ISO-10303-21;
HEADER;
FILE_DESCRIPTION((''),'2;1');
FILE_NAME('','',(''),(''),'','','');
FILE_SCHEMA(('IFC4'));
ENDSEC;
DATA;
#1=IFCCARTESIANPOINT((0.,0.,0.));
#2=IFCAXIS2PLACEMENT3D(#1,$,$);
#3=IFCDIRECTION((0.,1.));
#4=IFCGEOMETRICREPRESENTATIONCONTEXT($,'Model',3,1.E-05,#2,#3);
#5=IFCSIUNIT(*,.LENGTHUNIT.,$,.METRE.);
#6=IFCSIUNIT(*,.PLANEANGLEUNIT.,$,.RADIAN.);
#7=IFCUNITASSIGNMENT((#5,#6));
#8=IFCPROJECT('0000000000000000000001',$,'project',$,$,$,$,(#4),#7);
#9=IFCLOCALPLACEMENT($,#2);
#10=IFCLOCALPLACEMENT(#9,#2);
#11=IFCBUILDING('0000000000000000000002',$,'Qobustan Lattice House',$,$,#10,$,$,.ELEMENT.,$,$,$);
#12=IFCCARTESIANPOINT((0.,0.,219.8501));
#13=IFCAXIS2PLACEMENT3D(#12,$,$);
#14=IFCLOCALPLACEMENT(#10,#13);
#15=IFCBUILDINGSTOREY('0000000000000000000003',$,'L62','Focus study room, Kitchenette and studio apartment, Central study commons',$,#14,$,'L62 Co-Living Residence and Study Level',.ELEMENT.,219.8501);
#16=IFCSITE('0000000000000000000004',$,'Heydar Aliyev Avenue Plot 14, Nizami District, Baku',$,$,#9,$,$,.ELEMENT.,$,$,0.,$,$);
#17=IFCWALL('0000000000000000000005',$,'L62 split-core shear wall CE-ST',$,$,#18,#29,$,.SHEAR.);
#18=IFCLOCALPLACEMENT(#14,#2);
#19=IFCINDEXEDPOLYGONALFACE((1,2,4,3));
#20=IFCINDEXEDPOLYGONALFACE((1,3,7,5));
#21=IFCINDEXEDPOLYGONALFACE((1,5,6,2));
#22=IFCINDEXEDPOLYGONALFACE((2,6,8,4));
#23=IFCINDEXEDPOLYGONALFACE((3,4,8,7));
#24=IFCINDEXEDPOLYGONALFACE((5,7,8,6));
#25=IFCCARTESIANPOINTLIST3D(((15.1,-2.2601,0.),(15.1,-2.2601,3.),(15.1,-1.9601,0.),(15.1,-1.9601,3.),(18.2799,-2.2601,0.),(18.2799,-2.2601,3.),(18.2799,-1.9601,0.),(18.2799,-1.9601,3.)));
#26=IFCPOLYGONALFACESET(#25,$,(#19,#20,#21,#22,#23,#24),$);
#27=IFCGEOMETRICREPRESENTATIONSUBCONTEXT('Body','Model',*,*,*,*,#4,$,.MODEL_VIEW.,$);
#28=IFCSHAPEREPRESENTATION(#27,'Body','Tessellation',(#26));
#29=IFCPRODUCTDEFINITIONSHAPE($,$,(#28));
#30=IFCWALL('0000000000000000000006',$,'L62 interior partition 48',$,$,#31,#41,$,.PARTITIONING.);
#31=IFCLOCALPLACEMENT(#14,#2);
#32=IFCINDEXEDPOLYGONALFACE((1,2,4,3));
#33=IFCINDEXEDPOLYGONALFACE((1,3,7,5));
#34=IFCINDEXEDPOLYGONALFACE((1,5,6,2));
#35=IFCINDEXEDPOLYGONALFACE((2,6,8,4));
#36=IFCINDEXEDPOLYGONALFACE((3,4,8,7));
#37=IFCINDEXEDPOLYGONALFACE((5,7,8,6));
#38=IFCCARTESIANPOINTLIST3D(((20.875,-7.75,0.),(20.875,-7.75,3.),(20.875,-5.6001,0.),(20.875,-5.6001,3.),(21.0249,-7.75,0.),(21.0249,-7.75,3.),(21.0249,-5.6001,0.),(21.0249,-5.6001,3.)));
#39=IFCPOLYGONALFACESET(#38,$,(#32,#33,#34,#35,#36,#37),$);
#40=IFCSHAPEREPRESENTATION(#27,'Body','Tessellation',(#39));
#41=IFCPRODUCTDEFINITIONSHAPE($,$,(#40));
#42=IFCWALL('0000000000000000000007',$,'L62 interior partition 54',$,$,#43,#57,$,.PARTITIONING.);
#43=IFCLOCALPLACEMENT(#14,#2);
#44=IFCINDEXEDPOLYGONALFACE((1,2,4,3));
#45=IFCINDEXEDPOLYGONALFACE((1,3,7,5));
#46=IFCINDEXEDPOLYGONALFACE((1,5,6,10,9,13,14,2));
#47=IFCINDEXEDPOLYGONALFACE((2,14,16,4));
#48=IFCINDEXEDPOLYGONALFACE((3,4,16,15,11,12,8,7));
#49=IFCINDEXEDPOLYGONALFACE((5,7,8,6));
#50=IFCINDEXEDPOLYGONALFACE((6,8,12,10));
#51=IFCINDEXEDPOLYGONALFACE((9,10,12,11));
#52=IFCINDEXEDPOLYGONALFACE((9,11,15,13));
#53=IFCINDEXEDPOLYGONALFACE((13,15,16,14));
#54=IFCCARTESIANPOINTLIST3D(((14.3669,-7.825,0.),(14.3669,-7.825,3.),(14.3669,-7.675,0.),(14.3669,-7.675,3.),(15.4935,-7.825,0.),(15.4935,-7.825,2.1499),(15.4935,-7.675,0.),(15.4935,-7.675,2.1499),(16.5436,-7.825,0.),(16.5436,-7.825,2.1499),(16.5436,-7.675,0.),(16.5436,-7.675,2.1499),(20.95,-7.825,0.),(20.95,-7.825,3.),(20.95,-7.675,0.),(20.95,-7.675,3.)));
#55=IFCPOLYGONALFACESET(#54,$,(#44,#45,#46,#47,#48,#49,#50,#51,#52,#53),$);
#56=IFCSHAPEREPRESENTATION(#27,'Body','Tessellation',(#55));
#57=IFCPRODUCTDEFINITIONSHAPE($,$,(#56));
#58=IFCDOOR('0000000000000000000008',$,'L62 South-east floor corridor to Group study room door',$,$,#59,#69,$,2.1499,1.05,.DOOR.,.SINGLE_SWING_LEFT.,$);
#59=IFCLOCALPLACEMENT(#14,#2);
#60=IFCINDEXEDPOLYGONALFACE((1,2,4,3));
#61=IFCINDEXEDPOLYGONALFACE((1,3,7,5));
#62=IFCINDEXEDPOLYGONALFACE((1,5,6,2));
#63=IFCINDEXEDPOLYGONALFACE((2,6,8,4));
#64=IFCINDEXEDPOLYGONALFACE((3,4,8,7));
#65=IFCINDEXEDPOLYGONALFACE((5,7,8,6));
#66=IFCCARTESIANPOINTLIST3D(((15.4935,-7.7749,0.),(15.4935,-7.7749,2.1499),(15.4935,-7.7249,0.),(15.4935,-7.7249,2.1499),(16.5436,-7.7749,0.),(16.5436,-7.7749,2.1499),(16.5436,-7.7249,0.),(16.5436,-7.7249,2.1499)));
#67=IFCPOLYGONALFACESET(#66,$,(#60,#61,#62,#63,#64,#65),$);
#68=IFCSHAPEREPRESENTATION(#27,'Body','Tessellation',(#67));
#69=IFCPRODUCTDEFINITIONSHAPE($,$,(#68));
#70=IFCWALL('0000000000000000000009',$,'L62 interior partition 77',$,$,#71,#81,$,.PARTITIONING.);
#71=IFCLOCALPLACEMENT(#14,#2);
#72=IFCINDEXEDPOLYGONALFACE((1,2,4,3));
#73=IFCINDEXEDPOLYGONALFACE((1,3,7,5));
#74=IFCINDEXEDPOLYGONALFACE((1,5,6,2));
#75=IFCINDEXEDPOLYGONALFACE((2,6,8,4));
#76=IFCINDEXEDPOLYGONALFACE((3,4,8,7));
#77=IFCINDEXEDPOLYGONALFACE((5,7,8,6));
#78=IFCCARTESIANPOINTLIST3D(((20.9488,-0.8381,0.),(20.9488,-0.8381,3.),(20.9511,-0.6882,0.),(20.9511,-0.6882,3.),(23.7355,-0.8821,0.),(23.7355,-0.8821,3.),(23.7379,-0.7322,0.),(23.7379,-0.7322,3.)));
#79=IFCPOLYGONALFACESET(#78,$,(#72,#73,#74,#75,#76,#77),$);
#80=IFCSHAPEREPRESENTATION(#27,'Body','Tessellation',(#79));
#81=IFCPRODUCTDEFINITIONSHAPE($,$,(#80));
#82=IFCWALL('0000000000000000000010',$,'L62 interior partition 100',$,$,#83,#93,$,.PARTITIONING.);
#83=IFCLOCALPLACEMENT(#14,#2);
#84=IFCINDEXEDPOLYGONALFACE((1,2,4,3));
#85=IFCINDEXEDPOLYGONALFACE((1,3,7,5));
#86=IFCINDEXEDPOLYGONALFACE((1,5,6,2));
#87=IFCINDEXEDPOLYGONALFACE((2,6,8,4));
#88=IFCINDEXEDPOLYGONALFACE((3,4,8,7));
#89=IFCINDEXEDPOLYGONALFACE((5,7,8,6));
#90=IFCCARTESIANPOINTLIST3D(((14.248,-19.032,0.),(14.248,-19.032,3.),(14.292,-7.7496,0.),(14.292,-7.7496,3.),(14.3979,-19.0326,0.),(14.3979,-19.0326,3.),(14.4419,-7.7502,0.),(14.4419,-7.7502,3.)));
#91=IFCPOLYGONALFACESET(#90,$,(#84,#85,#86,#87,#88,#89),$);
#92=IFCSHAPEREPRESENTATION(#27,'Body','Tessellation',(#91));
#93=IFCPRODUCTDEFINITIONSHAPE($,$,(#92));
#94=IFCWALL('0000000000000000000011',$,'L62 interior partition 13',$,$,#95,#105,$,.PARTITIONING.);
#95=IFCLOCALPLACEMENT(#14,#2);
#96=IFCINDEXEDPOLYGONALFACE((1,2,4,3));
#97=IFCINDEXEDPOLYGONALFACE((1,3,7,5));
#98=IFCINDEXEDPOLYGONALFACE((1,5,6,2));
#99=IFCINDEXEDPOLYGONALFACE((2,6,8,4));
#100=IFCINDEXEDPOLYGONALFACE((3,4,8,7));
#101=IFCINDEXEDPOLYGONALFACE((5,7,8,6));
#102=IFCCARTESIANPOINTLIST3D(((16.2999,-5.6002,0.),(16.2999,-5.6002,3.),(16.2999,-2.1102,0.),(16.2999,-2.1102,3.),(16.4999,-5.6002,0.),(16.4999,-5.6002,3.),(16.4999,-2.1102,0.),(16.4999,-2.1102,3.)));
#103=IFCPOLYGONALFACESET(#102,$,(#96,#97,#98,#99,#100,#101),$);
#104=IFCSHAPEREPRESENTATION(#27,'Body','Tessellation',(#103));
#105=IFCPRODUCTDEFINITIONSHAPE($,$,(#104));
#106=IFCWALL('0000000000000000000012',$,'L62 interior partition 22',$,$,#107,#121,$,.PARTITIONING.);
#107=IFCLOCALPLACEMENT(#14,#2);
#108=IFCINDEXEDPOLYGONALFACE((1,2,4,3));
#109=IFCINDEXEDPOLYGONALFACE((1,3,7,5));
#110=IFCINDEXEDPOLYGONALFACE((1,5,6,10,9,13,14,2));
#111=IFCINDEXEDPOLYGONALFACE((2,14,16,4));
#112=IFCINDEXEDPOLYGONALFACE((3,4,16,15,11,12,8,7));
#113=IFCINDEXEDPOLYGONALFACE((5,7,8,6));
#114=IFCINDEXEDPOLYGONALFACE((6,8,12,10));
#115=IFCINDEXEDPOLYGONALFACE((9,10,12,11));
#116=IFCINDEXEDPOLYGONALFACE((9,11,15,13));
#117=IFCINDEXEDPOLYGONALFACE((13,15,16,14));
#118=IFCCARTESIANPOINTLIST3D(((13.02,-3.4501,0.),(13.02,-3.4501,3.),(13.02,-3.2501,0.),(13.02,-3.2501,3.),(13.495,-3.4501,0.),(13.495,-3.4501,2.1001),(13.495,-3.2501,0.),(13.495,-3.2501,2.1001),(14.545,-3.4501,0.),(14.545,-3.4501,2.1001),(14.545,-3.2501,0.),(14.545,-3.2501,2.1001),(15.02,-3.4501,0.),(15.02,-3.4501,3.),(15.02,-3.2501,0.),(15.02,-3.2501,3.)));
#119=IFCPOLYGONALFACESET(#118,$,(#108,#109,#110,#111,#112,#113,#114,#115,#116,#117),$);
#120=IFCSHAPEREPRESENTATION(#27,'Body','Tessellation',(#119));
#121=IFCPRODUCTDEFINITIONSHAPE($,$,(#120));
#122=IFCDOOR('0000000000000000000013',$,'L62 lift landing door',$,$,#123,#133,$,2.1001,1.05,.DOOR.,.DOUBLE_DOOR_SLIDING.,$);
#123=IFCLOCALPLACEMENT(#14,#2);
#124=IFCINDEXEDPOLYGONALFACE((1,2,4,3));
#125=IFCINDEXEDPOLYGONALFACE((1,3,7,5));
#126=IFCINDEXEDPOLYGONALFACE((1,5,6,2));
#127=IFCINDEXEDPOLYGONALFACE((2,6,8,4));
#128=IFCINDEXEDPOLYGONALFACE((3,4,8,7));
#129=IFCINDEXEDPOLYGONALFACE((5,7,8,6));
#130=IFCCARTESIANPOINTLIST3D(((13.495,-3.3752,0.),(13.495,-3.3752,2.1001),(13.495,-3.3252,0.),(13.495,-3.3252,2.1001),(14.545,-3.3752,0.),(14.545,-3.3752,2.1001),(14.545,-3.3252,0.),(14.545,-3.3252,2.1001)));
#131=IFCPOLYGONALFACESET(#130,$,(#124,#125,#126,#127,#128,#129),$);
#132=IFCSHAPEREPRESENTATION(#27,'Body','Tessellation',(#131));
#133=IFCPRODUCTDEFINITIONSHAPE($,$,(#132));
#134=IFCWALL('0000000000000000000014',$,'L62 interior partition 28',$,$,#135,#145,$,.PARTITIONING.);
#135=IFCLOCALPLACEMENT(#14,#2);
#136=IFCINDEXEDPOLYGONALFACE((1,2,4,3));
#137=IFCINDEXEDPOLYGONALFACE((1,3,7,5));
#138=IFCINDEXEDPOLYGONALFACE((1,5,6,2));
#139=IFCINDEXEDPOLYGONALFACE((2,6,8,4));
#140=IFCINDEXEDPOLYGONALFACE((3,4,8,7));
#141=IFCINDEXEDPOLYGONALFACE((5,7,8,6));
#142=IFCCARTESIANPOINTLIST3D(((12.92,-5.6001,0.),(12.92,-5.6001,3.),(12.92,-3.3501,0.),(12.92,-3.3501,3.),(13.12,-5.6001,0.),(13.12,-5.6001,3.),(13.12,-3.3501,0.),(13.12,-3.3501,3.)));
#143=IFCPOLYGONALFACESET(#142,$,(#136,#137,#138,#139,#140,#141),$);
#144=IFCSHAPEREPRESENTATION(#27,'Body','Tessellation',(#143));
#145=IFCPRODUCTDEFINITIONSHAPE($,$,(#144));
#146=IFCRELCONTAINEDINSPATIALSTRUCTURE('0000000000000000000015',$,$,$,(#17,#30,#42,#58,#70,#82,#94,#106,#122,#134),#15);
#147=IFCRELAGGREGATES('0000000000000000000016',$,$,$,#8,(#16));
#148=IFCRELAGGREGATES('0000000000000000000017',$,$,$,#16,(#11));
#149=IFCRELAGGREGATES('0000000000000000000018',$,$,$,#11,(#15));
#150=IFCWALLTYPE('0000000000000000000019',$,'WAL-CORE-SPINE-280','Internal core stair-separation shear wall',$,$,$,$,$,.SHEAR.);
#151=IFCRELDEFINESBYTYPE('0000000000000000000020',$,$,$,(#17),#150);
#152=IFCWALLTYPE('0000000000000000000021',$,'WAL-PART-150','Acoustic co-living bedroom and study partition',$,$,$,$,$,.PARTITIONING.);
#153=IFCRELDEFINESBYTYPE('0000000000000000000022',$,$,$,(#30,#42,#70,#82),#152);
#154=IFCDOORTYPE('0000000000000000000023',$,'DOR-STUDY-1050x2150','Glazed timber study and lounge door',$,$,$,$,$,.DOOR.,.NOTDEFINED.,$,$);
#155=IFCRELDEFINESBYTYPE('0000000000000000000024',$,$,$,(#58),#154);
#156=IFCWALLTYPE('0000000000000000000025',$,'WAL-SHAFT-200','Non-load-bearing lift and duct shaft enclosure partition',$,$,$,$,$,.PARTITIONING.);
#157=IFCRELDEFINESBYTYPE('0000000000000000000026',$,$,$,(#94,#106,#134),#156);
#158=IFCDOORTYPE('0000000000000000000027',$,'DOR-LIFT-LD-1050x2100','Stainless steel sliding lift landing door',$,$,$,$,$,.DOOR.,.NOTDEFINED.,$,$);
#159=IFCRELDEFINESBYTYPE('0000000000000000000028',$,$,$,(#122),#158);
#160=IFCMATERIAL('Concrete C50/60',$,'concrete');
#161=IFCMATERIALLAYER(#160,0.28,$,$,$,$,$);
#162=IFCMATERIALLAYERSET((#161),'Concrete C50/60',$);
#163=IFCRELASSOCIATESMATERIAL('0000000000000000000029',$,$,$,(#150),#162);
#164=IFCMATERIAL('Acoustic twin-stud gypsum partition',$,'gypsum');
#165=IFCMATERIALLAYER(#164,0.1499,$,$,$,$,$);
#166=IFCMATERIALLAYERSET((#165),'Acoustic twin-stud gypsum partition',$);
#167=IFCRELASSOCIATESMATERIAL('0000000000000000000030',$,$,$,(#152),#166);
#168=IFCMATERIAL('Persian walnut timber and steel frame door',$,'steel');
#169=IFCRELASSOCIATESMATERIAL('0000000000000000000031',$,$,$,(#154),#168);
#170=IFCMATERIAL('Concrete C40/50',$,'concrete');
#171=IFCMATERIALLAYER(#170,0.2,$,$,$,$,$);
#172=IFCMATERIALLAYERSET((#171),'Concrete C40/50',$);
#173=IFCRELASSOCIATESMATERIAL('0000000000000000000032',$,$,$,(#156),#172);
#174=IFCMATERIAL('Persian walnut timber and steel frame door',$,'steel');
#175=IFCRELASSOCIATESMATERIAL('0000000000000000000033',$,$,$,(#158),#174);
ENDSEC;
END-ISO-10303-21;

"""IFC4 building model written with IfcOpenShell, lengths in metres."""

from ifc_helpers import new_model, si_unit, direction, frame, frame_2d, origin, place, context, subcontext, project, spatial, rectangle, extrude, material, layer, layer_set, type_object, element, fill, save


model = new_model("IFC4")

# Units and contexts
model_context = context("Model", 3, precision=1e-05, world=origin(), true_north=direction((0.0, 1.0)))
body_context = subcontext(model_context, "Body", "Model", "MODEL_VIEW")
ifc_project = project(units=[si_unit("LENGTHUNIT", "METRE"), si_unit("PLANEANGLEUNIT", "RADIAN")], contexts=[model_context])

# Site, building, storey
site_placement = place(None, origin())
site = spatial("IfcSite", under=ifc_project, at=site_placement, Name="Heydar Aliyev Avenue Plot 14, Nizami District, Baku", CompositionType="ELEMENT", RefElevation=0.0)
building_placement = place(site_placement, origin())
building = spatial("IfcBuilding", under=site, at=building_placement, Name="Qobustan Lattice House", CompositionType="ELEMENT")
storey_placement = place(building_placement, frame((0.0, 0.0, 219.8501)))
storey = spatial("IfcBuildingStorey", under=building, at=storey_placement, Name="L62", Description="Focus study room, Kitchenette and studio apartment, Central study commons", LongName="L62 Co-Living Residence and Study Level", CompositionType="ELEMENT", Elevation=219.8501)

# Walls
ifc_material_1 = material(Name="Concrete C50/60", Category="concrete")
ifc_layer_1 = layer(ifc_material_1, 0.28)
ifc_layer_set_1 = layer_set([ifc_layer_1], Name="Concrete C50/60")
wall_type_1 = type_object("IfcWallType", Name="WAL-CORE-SPINE-280", Description="Internal core stair-separation shear wall", PredefinedType="SHEAR", material=ifc_layer_set_1)
wall_1_placement = place(storey_placement, frame((15.1001, -2.1101, 0.0), z_axis=(0.0, 0.0, 1.0), x_axis=(1.0, 0.0, 0.0)))
element("IfcWall", 1, at=wall_1_placement, inside=storey, type_object=wall_type_1, Name="L62 split-core shear wall CE-ST", PredefinedType="SHEAR", context=body_context, shape_type="SweptSolid", body=[
    extrude(rectangle(XDim=3.1799, YDim=0.3, at=frame_2d((1.5898, 0.0))), origin(), (0.0, 0.0, 1.0), 3.0),
])
ifc_material_2 = material(Name="Acoustic twin-stud gypsum partition", Category="gypsum")
ifc_layer_2 = layer(ifc_material_2, 0.1499)
ifc_layer_set_2 = layer_set([ifc_layer_2], Name="Acoustic twin-stud gypsum partition")
wall_type_2 = type_object("IfcWallType", Name="WAL-PART-150", Description="Acoustic co-living bedroom and study partition", PredefinedType="PARTITIONING", material=ifc_layer_set_2)
wall_2_placement = place(storey_placement, frame((20.95, -5.6001, 0.0), z_axis=(0.0, 0.0, 1.0), x_axis=(0.0, -1.0, 0.0)))
element("IfcWall", 2, at=wall_2_placement, inside=storey, type_object=wall_type_2, Name="L62 interior partition 48", PredefinedType="PARTITIONING", context=body_context, shape_type="SweptSolid", body=[
    extrude(rectangle(XDim=2.1499, YDim=0.1499, at=frame_2d((1.075, 0.0))), origin(), (0.0, 0.0, 1.0), 3.0),
])

# Wall, opening, door
wall_3_placement = place(storey_placement, frame((20.95, -7.75, 0.0), z_axis=(0.0, 0.0, 1.0), x_axis=(-1.0, 0.0, 0.0)))
wall_3 = element("IfcWall", 3, at=wall_3_placement, inside=storey, type_object=wall_type_2, Name="L62 interior partition 54", PredefinedType="PARTITIONING", context=body_context, shape_type="SweptSolid", body=[
    extrude(rectangle(XDim=6.583, YDim=0.1499, at=frame_2d((3.2915, 0.0))), origin(), (0.0, 0.0, 1.0), 3.0),
])
opening_1_placement = place(wall_3_placement, frame((4.4065, 0.0, 0.0)))
opening_1 = element("IfcOpeningElement", 4, at=opening_1_placement, cuts=wall_3, PredefinedType="OPENING", context=body_context, shape_type="SweptSolid", body=[
    extrude(rectangle(XDim=1.05, YDim=2.1499, at=frame_2d((0.5249, 1.075))), frame((0.0, 0.085, 0.0), z_axis=(0.0, -1.0, 0.0), x_axis=(1.0, 0.0, 0.0)), (0.0, 0.0, 1.0), 0.1699),
])
ifc_material_3 = material(Name="Persian walnut timber and steel frame door", Category="steel")
door_type_1 = type_object("IfcDoorType", Name="DOR-STUDY-1050x2150", Description="Glazed timber study and lounge door", OperationType="NOTDEFINED", PredefinedType="DOOR", material=ifc_material_3)
door_1_placement = place(opening_1_placement, origin())
door_1 = element("IfcDoor", 5, at=door_1_placement, inside=storey, type_object=door_type_1, Name="L62 South-east floor corridor to Group study room door", OperationType="SINGLE_SWING_LEFT", OverallHeight=2.1499, OverallWidth=1.05, PredefinedType="DOOR", context=body_context, shape_type="SweptSolid", body=[
    extrude(rectangle(XDim=1.05, YDim=2.1499, at=frame_2d((0.5249, 1.075))), frame((0.0, 0.0249, 0.0), z_axis=(0.0, -1.0, 0.0), x_axis=(1.0, 0.0, 0.0)), (0.0, 0.0, 1.0), 0.05),
])
fill(opening_1, door_1)

# Walls
wall_4_placement = place(storey_placement, frame((20.95, -0.7632, 0.0), z_axis=(0.0, 0.0, 1.0), x_axis=(0.999876, -0.015767, 0.0)))
element("IfcWall", 6, at=wall_4_placement, inside=storey, type_object=wall_type_2, Name="L62 interior partition 77", PredefinedType="PARTITIONING", context=body_context, shape_type="SweptSolid", body=[
    extrude(rectangle(XDim=2.7871, YDim=0.1499, at=frame_2d((1.3936, 0.0))), origin(), (0.0, 0.0, 1.0), 3.0),
])
wall_5_placement = place(storey_placement, frame((14.3669, -7.75, 0.0), z_axis=(0.0, 0.0, 1.0), x_axis=(-0.003895, -0.999992, 0.0)))
element("IfcWall", 7, at=wall_5_placement, inside=storey, type_object=wall_type_2, Name="L62 interior partition 100", PredefinedType="PARTITIONING", context=body_context, shape_type="SweptSolid", body=[
    extrude(rectangle(XDim=11.2825, YDim=0.1499, at=frame_2d((5.6411, 0.0))), origin(), (0.0, 0.0, 1.0), 3.0),
])
ifc_material_4 = material(Name="Concrete C40/50", Category="concrete")
ifc_layer_3 = layer(ifc_material_4, 0.2)
ifc_layer_set_3 = layer_set([ifc_layer_3], Name="Concrete C40/50")
wall_type_3 = type_object("IfcWallType", Name="WAL-SHAFT-200", Description="Non-load-bearing lift and duct shaft enclosure partition", PredefinedType="PARTITIONING", material=ifc_layer_set_3)
wall_6_placement = place(storey_placement, frame((16.3999, -2.1101, 0.0), z_axis=(0.0, 0.0, 1.0), x_axis=(0.0, -1.0, 0.0)))
element("IfcWall", 8, at=wall_6_placement, inside=storey, type_object=wall_type_3, Name="L62 interior partition 13", PredefinedType="PARTITIONING", context=body_context, shape_type="SweptSolid", body=[
    extrude(rectangle(XDim=3.49, YDim=0.2, at=frame_2d((1.7451, 0.0))), origin(), (0.0, 0.0, 1.0), 3.0),
])

# Wall, opening, door
wall_7_placement = place(storey_placement, frame((13.02, -3.3501, 0.0), z_axis=(0.0, 0.0, 1.0), x_axis=(1.0, 0.0, 0.0)))
wall_7 = element("IfcWall", 9, at=wall_7_placement, inside=storey, type_object=wall_type_3, Name="L62 interior partition 22", PredefinedType="PARTITIONING", context=body_context, shape_type="SweptSolid", body=[
    extrude(rectangle(XDim=2.0, YDim=0.2, at=frame_2d((1.0, 0.0))), origin(), (0.0, 0.0, 1.0), 3.0),
])
opening_2_placement = place(wall_7_placement, frame((0.4751, 0.0, 0.0)))
opening_2 = element("IfcOpeningElement", 10, at=opening_2_placement, cuts=wall_7, PredefinedType="OPENING", context=body_context, shape_type="SweptSolid", body=[
    extrude(rectangle(XDim=1.05, YDim=2.1001, at=frame_2d((0.5249, 1.05))), frame((0.0, 0.1099, 0.0), z_axis=(0.0, -1.0, 0.0), x_axis=(1.0, 0.0, 0.0)), (0.0, 0.0, 1.0), 0.22),
])
ifc_material_5 = material(Name="Persian walnut timber and steel frame door", Category="steel")
door_type_2 = type_object("IfcDoorType", Name="DOR-LIFT-LD-1050x2100", Description="Stainless steel sliding lift landing door", OperationType="NOTDEFINED", PredefinedType="DOOR", material=ifc_material_5)
door_2_placement = place(opening_2_placement, origin())
door_2 = element("IfcDoor", 11, at=door_2_placement, inside=storey, type_object=door_type_2, Name="L62 lift landing door", OperationType="DOUBLE_DOOR_SLIDING", OverallHeight=2.1001, OverallWidth=1.05, PredefinedType="DOOR", context=body_context, shape_type="SweptSolid", body=[
    extrude(rectangle(XDim=1.05, YDim=2.1001, at=frame_2d((0.5249, 1.05))), frame((0.0, 0.0249, 0.0), z_axis=(0.0, -1.0, 0.0), x_axis=(1.0, 0.0, 0.0)), (0.0, 0.0, 1.0), 0.05),
])
fill(opening_2, door_2)

# Wall
wall_8_placement = place(storey_placement, frame((13.02, -5.6001, 0.0), z_axis=(0.0, 0.0, 1.0), x_axis=(0.0, 1.0, 0.0)))
element("IfcWall", 12, at=wall_8_placement, inside=storey, type_object=wall_type_3, Name="L62 interior partition 28", PredefinedType="PARTITIONING", context=body_context, shape_type="SweptSolid", body=[
    extrude(rectangle(XDim=2.25, YDim=0.2, at=frame_2d((1.125, 0.0))), origin(), (0.0, 0.0, 1.0), 3.0),
])

save(model, "model.ifc")
